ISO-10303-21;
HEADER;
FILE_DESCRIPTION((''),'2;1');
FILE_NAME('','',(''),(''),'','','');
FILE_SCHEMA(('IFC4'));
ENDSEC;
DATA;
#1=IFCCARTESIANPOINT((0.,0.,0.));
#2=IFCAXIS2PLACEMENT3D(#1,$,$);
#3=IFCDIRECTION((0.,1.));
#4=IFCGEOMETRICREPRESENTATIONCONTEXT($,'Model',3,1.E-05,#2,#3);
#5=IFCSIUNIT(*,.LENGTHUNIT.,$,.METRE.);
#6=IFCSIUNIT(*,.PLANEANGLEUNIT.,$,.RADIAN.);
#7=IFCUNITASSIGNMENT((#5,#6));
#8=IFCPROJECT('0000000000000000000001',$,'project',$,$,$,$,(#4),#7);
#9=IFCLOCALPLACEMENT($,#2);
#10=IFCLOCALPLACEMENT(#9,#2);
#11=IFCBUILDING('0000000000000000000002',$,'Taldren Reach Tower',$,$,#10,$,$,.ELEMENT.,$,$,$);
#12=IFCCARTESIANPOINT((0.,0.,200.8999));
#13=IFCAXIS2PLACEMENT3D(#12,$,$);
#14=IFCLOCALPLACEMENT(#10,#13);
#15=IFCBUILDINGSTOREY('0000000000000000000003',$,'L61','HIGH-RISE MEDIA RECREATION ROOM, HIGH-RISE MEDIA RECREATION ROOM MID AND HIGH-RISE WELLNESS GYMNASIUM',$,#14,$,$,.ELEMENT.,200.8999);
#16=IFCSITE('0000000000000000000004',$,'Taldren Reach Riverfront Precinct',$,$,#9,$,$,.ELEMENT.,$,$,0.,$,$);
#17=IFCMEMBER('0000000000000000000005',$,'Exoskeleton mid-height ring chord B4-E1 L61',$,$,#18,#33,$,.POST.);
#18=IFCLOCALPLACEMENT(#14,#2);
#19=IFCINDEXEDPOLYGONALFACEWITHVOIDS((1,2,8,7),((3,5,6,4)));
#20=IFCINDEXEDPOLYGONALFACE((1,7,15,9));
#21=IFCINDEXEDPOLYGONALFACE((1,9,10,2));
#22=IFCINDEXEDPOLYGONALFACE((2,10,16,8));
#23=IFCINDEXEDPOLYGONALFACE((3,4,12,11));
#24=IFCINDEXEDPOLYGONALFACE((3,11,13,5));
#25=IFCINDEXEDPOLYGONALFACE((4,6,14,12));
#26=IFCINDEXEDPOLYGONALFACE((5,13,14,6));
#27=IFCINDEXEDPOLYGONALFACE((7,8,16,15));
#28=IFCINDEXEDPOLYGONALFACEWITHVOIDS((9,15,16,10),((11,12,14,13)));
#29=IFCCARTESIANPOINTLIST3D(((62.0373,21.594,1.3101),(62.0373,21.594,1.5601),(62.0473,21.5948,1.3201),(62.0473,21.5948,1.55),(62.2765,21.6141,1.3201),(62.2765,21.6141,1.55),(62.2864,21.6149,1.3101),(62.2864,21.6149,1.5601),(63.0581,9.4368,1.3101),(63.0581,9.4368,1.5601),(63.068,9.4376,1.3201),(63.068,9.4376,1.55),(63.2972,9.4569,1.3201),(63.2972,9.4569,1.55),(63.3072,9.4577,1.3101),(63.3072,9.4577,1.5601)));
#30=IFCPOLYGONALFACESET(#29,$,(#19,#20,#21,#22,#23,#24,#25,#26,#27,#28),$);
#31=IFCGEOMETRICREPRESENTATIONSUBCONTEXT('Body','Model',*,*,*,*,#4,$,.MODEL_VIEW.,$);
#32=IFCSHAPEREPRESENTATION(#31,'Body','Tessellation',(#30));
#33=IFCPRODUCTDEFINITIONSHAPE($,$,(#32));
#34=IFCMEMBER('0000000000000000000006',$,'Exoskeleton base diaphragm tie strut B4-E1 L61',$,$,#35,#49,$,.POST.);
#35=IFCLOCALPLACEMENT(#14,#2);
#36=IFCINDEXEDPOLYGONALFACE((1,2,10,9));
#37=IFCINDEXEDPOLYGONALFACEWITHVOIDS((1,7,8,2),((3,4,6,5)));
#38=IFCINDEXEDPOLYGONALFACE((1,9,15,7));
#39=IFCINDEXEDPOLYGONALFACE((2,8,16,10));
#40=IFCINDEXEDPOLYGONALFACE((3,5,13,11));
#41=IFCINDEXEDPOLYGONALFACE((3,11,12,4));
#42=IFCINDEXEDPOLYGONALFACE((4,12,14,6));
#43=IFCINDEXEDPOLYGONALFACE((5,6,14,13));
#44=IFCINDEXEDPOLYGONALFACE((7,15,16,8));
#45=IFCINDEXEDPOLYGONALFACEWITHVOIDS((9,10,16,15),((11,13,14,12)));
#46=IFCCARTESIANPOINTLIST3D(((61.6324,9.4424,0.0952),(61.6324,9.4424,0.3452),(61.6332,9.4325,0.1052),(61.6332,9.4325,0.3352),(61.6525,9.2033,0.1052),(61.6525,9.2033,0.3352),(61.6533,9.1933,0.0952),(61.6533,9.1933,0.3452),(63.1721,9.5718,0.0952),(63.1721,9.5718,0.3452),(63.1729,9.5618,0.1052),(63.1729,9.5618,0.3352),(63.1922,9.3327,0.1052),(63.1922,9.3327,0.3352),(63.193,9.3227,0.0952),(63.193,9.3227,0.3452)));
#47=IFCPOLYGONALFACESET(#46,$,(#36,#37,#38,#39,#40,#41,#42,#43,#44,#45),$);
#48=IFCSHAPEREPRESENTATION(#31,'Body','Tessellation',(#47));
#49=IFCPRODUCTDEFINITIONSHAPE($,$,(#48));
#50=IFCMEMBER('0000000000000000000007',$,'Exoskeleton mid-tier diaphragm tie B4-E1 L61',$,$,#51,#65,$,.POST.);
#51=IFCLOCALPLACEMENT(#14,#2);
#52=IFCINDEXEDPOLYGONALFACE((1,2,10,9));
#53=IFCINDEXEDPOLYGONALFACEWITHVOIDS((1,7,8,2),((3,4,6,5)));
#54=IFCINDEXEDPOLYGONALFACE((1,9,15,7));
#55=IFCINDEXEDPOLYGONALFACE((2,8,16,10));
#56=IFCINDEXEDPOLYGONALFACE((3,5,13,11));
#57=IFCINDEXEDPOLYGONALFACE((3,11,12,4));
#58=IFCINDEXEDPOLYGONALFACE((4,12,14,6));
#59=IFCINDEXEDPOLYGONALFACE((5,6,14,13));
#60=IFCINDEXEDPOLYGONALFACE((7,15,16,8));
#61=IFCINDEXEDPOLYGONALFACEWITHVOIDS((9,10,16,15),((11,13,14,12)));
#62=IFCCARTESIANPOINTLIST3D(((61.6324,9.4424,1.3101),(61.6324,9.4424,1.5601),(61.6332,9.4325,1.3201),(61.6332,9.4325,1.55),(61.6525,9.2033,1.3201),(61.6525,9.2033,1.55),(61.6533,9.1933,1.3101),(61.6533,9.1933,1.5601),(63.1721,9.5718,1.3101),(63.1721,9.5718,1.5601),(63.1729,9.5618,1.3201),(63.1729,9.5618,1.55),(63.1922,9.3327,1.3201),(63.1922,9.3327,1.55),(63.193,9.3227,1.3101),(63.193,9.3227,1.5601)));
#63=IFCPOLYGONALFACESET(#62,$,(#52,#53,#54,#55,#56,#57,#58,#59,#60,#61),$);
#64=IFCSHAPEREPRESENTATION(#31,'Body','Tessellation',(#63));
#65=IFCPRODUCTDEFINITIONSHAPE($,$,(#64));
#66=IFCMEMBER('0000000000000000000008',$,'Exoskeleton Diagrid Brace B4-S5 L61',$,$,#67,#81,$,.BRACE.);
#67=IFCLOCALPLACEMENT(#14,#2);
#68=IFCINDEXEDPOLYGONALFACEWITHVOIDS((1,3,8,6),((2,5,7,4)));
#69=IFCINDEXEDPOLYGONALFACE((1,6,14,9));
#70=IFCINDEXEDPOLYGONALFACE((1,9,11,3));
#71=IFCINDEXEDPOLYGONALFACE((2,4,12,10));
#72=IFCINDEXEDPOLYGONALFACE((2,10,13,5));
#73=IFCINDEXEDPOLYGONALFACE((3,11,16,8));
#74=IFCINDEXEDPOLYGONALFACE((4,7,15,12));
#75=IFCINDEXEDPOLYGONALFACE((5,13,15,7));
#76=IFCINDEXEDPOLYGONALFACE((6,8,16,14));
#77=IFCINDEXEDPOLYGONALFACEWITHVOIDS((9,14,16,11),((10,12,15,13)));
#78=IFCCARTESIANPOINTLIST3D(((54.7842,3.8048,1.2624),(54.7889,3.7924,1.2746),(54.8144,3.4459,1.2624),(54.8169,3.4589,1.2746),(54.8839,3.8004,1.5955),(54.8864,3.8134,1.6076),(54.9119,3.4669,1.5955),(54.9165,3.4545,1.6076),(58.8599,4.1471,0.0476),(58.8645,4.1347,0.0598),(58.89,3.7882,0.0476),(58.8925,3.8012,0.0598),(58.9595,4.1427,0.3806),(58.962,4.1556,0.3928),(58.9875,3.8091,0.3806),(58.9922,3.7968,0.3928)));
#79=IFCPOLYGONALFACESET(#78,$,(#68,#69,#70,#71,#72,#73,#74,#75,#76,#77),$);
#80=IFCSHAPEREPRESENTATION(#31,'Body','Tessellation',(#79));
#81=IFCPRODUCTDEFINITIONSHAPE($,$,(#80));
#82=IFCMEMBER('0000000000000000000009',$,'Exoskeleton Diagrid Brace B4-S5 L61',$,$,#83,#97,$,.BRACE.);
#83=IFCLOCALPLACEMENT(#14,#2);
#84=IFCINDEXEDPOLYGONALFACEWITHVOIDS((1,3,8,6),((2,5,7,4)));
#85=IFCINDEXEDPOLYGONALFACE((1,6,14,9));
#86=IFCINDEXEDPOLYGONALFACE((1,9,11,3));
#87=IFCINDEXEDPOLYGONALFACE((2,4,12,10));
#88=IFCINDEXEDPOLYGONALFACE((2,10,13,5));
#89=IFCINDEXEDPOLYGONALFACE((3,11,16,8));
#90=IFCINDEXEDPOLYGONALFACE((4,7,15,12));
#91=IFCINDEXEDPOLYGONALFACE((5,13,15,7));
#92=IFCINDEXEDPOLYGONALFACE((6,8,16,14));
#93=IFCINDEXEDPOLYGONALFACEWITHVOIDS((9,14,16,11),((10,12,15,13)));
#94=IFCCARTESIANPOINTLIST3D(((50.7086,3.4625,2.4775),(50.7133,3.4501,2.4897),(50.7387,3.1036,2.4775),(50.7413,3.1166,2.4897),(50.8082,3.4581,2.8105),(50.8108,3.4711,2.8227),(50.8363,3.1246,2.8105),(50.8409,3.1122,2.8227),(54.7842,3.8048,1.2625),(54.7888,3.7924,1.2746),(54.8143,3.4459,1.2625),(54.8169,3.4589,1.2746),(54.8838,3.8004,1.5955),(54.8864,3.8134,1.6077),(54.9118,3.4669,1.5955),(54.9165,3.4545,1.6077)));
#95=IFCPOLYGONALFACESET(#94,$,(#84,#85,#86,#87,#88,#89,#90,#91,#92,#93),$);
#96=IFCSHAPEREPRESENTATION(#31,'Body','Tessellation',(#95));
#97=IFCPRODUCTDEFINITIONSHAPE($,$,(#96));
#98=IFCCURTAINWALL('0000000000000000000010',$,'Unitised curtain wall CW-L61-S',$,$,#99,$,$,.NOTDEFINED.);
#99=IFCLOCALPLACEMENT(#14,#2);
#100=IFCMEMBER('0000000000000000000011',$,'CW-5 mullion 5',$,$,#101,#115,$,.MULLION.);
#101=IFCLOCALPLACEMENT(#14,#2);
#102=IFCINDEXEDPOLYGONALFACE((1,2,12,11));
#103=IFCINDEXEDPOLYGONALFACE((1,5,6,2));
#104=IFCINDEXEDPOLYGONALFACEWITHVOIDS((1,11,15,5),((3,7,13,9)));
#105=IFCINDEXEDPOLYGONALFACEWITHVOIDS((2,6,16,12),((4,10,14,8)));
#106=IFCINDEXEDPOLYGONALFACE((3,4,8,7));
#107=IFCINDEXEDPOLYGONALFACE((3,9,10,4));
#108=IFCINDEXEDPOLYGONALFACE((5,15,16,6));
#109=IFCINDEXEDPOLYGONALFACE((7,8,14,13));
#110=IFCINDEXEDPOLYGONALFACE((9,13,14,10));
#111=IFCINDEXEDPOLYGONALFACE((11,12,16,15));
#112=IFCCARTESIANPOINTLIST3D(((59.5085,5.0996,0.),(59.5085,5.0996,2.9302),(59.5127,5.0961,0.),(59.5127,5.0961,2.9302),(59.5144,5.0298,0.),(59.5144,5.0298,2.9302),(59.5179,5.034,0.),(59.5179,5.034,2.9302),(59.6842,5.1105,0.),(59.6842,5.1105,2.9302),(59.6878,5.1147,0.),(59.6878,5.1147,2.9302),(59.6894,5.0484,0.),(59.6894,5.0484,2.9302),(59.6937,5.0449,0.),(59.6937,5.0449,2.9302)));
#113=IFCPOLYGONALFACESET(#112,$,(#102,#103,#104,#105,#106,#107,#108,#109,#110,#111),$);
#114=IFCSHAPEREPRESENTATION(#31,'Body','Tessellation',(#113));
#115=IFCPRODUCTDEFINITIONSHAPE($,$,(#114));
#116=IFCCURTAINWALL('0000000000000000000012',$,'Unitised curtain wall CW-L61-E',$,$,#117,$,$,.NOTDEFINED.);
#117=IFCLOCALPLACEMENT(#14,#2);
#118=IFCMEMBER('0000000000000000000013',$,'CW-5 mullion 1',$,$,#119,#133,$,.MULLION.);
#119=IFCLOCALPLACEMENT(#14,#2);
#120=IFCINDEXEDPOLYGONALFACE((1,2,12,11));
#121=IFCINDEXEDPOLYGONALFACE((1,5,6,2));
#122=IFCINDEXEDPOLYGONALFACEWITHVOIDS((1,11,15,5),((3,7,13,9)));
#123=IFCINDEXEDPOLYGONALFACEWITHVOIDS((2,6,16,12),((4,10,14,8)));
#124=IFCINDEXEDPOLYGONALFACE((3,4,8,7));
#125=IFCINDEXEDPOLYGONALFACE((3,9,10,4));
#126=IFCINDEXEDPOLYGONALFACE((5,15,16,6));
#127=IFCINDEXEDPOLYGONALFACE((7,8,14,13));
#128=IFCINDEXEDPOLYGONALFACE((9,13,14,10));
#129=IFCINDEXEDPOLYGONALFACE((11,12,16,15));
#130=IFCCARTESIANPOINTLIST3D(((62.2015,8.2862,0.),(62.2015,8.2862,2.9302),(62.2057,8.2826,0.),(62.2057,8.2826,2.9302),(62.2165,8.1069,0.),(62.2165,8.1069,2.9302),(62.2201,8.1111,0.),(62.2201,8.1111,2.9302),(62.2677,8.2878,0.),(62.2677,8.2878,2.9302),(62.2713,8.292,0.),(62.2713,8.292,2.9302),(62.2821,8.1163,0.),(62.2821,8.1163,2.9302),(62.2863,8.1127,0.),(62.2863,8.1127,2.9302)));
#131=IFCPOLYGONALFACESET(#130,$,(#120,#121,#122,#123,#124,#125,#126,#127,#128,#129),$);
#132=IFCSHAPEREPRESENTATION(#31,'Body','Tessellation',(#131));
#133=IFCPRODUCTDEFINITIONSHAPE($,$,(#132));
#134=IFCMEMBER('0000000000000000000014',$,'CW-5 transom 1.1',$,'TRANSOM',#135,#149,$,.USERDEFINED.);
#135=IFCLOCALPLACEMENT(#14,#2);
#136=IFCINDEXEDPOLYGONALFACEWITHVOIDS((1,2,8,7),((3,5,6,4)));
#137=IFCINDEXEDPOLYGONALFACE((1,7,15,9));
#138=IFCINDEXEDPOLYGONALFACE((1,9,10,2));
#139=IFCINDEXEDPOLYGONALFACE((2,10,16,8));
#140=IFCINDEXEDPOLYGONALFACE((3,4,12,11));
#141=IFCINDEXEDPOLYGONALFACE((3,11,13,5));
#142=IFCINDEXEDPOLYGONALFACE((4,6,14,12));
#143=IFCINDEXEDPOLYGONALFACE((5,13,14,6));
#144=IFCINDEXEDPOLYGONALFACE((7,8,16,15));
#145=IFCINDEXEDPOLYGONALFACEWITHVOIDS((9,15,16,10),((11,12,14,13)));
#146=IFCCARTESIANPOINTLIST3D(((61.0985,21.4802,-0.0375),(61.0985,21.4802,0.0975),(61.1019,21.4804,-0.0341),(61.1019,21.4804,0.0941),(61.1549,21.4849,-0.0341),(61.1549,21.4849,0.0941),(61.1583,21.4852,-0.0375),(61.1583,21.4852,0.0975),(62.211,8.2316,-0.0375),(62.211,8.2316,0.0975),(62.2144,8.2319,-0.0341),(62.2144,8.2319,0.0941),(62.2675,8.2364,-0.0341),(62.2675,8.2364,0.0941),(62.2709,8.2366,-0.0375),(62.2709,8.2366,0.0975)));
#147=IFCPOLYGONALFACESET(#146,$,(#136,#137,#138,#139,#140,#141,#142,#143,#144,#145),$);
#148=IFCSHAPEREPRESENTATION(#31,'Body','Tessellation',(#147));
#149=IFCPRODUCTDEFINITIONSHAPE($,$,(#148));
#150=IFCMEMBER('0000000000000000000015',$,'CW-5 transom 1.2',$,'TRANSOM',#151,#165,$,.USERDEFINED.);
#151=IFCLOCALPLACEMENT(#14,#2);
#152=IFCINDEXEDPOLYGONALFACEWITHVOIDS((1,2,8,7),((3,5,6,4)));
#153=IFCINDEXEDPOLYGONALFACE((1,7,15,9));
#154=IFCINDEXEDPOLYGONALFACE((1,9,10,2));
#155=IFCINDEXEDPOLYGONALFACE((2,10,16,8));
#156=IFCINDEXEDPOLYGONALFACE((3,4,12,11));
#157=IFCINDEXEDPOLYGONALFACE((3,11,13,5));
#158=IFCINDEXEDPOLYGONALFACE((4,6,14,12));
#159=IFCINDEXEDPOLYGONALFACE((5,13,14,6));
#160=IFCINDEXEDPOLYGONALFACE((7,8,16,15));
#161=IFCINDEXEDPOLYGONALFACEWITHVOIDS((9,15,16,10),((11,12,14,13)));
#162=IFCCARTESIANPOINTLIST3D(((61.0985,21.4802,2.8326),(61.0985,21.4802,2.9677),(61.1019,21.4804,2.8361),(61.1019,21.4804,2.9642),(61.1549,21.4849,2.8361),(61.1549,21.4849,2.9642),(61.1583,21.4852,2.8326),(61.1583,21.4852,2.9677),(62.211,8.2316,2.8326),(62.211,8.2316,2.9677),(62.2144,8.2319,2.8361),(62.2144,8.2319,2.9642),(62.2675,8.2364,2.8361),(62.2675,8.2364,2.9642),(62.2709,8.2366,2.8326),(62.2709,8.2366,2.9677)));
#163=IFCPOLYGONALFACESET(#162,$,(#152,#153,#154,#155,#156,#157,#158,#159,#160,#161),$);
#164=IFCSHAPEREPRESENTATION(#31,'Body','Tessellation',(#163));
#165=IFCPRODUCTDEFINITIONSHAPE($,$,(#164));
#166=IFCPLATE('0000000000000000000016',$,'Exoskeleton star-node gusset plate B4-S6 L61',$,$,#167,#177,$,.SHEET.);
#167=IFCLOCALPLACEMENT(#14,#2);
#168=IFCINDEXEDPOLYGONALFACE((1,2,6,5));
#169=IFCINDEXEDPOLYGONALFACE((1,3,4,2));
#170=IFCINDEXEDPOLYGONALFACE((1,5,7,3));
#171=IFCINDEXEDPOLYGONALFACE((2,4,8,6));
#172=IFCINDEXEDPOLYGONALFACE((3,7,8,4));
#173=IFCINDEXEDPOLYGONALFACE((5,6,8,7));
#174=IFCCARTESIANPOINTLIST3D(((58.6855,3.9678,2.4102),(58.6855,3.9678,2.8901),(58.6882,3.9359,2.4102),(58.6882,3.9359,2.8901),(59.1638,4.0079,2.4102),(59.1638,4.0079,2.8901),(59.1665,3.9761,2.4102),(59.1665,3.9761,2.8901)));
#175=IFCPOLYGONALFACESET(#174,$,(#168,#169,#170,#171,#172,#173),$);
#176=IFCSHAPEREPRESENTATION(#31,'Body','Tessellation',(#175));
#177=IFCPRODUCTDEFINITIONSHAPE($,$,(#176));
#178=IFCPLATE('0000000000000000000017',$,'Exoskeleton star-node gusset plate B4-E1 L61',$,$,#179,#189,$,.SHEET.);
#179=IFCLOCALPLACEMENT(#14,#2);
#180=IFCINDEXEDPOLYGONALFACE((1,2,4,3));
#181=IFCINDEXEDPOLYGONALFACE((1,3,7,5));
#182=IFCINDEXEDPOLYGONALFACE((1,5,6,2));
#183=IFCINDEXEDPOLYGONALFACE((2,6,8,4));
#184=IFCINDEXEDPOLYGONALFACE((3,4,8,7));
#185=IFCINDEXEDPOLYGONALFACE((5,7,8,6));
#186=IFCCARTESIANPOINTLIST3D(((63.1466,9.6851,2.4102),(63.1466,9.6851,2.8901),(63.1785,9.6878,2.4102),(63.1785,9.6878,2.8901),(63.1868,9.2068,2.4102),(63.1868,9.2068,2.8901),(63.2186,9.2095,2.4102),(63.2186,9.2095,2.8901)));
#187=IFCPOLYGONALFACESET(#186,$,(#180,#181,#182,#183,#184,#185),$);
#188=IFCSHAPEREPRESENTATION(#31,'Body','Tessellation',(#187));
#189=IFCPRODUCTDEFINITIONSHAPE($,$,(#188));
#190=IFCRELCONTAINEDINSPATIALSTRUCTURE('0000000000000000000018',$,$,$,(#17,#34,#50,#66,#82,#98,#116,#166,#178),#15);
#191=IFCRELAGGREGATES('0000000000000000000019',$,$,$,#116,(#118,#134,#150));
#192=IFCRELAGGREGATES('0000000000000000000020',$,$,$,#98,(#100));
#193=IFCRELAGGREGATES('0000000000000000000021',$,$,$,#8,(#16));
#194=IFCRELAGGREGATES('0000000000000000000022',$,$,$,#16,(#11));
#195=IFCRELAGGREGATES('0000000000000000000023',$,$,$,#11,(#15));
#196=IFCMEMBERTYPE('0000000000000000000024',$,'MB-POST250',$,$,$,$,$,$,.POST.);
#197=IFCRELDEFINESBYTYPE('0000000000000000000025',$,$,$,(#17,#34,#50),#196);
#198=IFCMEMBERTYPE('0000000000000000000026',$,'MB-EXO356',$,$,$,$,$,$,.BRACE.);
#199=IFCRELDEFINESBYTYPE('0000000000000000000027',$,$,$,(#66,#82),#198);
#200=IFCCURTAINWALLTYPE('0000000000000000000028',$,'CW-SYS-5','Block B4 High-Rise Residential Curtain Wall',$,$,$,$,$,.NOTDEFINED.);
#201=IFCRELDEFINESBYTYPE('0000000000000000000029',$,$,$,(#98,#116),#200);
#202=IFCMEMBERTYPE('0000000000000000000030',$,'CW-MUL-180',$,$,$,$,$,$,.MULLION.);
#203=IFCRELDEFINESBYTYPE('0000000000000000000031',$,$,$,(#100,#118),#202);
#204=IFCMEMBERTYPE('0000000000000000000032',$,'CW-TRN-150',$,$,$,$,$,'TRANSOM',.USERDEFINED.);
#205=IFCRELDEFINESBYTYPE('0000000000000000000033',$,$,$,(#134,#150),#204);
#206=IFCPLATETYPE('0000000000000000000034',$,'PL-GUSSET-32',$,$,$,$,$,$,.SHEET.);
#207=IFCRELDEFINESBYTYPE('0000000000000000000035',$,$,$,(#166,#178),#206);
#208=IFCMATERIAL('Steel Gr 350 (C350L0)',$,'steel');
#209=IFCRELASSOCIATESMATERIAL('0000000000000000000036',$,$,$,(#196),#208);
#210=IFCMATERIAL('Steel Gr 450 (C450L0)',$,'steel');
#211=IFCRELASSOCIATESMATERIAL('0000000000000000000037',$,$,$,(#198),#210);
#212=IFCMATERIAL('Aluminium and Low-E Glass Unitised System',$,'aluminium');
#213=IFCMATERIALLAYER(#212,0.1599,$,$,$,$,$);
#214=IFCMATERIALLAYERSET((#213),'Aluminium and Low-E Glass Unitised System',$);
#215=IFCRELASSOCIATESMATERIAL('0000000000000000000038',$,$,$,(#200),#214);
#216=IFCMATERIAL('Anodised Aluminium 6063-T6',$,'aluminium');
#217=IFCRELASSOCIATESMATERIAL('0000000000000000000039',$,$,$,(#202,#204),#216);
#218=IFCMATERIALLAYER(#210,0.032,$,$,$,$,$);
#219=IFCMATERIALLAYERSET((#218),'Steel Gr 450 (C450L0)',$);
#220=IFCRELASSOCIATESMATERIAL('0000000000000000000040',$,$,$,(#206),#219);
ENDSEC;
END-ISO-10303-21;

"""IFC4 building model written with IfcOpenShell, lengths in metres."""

from ifc_helpers import new_model, si_unit, direction, frame, origin, origin_2d, place, context, subcontext, project, spatial, rectangle, hollow_rectangle, extrude, source, transform, mapped, material, layer, layer_set, material_profile, profile_set, type_object, element, aggregate, save


model = new_model("IFC4")

# Units and contexts
model_context = context("Model", 3, precision=1e-05, world=origin(), true_north=direction((0.0, 1.0)))
body_context = subcontext(model_context, "Body", "Model", "MODEL_VIEW")
ifc_project = project(units=[si_unit("LENGTHUNIT", "METRE"), si_unit("PLANEANGLEUNIT", "RADIAN")], contexts=[model_context])

# Site, building, storey
site_placement = place(None, origin())
site = spatial("IfcSite", under=ifc_project, at=site_placement, Name="Taldren Reach Riverfront Precinct", CompositionType="ELEMENT", RefElevation=0.0)
building_placement = place(site_placement, origin())
building = spatial("IfcBuilding", under=site, at=building_placement, Name="Taldren Reach Tower", CompositionType="ELEMENT")
storey_placement = place(building_placement, frame((0.0, 0.0, 200.8999)))
storey = spatial("IfcBuildingStorey", under=building, at=storey_placement, Name="L61", Description="HIGH-RISE MEDIA RECREATION ROOM, HIGH-RISE MEDIA RECREATION ROOM MID AND HIGH-RISE WELLNESS GYMNASIUM", CompositionType="ELEMENT", Elevation=200.8999)

# Shared definitions
ifc_material_1 = material(Name="Steel Gr 350 (C350L0)", Category="steel")

# Shared definitions
ifc_material_profile_1 = material_profile(ifc_material_1, hollow_rectangle(XDim=0.25, YDim=0.25, WallThickness=0.01, at=origin_2d()), Name="250x250x10.0SHS")
ifc_profile_set_1 = profile_set([ifc_material_profile_1], Name="Steel Gr 350 (C350L0)")
member_type_1 = type_object("IfcMemberType", Name="MB-POST250", PredefinedType="POST", material=ifc_profile_set_1)

# Members
ifc_material_2 = material(Name="Steel Gr 450 (C450L0)", Category="steel")
shared_shape_1 = source(origin(), body_context, "Body", "SweptSolid", [
    extrude(hollow_rectangle(XDim=0.25, YDim=0.25, WallThickness=0.01, at=origin_2d()), origin(), (0.0, 0.0, 1.0), 12.2),
])
member_1_placement = place(storey_placement, frame((63.1826, 9.4473, 1.4351), z_axis=(-0.083668, 0.996494, 0.0), x_axis=(-0.996494, -0.083668, 0.0)))
element("IfcMember", 1, at=member_1_placement, inside=storey, type_object=member_type_1, Name="Exoskeleton mid-height ring chord B4-E1 L61", PredefinedType="POST", context=body_context, shape_type="MappedRepresentation", body=[
    mapped(shared_shape_1, transform((0.0, 0.0, 0.0), scale=1.0)),
])
shared_shape_2 = source(origin(), body_context, "Body", "SweptSolid", [
    extrude(hollow_rectangle(XDim=0.25, YDim=0.25, WallThickness=0.01, at=origin_2d()), origin(), (0.0, 0.0, 1.0), 1.5452),
])
for number, where, z_axis, x_axis, name in (
    (2, (61.6428, 9.3179, 0.2202), (0.996488, 0.083738, 0.0), (-0.083738, 0.996488, 0.0), "Exoskeleton base diaphragm tie strut B4-E1 L61"),
    (3, (61.6428, 9.3179, 1.4351), (0.996488, 0.083738, 0.0), (-0.083738, 0.996488, 0.0), "Exoskeleton mid-tier diaphragm tie B4-E1 L61"),
):
    element("IfcMember", number, at=place(storey_placement, frame(where, z_axis=z_axis, x_axis=x_axis)), inside=storey, type_object=member_type_1, Name=name, PredefinedType="POST", context=body_context, shape_type="MappedRepresentation", body=[
        mapped(shared_shape_2, transform((0.0, 0.0, 0.0), scale=1.0)),
    ])
ifc_material_profile_2 = material_profile(ifc_material_2, hollow_rectangle(XDim=0.3601, YDim=0.3601, WallThickness=0.0127, at=origin_2d()), Name="360x360x12.7SHS")
ifc_profile_set_2 = profile_set([ifc_material_profile_2], Name="Steel Gr 450 (C450L0)")
member_type_2 = type_object("IfcMemberType", Name="MB-EXO356", PredefinedType="BRACE", material=ifc_profile_set_2)
shared_shape_3 = source(origin(), body_context, "Body", "SweptSolid", [
    extrude(hollow_rectangle(XDim=0.3601, YDim=0.3601, WallThickness=0.0127, at=origin_2d()), origin(), (0.0, 0.0, 1.0), 4.2666),
])
for number, where, z_axis, x_axis, name in (
    (4, (58.926, 3.9719, 0.2202), (-0.955245, -0.080224, 0.284731), (0.083688, -0.996492, 0.0), "Exoskeleton Diagrid Brace B4-S5 L61"),
    (5, (54.8503, 3.6296, 1.4351), (-0.955229, -0.080222, 0.284783), (0.083688, -0.996492, 0.0), "Exoskeleton Diagrid Brace B4-S5 L61"),
):
    element("IfcMember", number, at=place(storey_placement, frame(where, z_axis=z_axis, x_axis=x_axis)), inside=storey, type_object=member_type_2, Name=name, PredefinedType="BRACE", context=body_context, shape_type="MappedRepresentation", body=[
        mapped(shared_shape_3, transform((0.0, 0.0, 0.0), scale=1.0)),
    ])

# Curtain wall, member
ifc_material_3 = material(Name="Aluminium and Low-E Glass Unitised System", Category="aluminium")
ifc_layer_1 = layer(ifc_material_3, 0.1599)
ifc_layer_set_1 = layer_set([ifc_layer_1], Name="Aluminium and Low-E Glass Unitised System")
curtain_wall_type = type_object("IfcCurtainWallType", Name="CW-SYS-5", Description="Block B4 High-Rise Residential Curtain Wall", PredefinedType="NOTDEFINED", material=ifc_layer_set_1)
curtain_wall_1_placement = place(storey_placement, origin())
curtain_wall_1 = element("IfcCurtainWall", 6, at=curtain_wall_1_placement, inside=storey, type_object=curtain_wall_type, Name="Unitised curtain wall CW-L61-S", PredefinedType="NOTDEFINED")
ifc_material_4 = material(Name="Anodised Aluminium 6063-T6", Category="aluminium")
ifc_material_profile_3 = material_profile(ifc_material_4, hollow_rectangle(XDim=0.0701, YDim=0.1799, WallThickness=0.0039, at=origin_2d()), Name="ALU-180x70x4RHS")
ifc_profile_set_3 = profile_set([ifc_material_profile_3], Name="Anodised Aluminium 6063-T6")
member_type_3 = type_object("IfcMemberType", Name="CW-MUL-180", PredefinedType="MULLION", material=ifc_profile_set_3)
shared_shape_4 = source(origin(), body_context, "Body", "SweptSolid", [
    extrude(hollow_rectangle(XDim=0.0701, YDim=0.1799, WallThickness=0.0039, at=origin_2d()), origin(), (0.0, 0.0, 1.0), 2.9302),
])
member_2_placement = place(storey_placement, frame((59.6011, 5.0723, 0.0), z_axis=(0.0, 0.0, 1.0), x_axis=(-0.083678, 0.996493, 0.0)))
member_2 = element("IfcMember", 7, at=member_2_placement, type_object=member_type_3, Name="CW-5 mullion 5", PredefinedType="MULLION", context=body_context, shape_type="MappedRepresentation", body=[
    mapped(shared_shape_4, transform((0.0, 0.0, 0.0), scale=1.0)),
])

# Curtain wall, members
curtain_wall_2_placement = place(storey_placement, origin())
curtain_wall_2 = element("IfcCurtainWall", 8, at=curtain_wall_2_placement, inside=storey, type_object=curtain_wall_type, Name="Unitised curtain wall CW-L61-E", PredefinedType="NOTDEFINED")
member_3_placement = place(storey_placement, frame((62.2439, 8.1995, 0.0), z_axis=(0.0, 0.0, 1.0), x_axis=(-0.996493, -0.083678, 0.0)))
member_3 = element("IfcMember", 9, at=member_3_placement, type_object=member_type_3, Name="CW-5 mullion 1", PredefinedType="MULLION", context=body_context, shape_type="MappedRepresentation", body=[
    mapped(shared_shape_4, transform((0.0, 0.0, 0.0), scale=1.0)),
])
ifc_material_profile_4 = material_profile(ifc_material_4, hollow_rectangle(XDim=0.0601, YDim=0.135, WallThickness=0.0034, at=origin_2d()), Name="ALU-135x60x3.5RHS")
ifc_profile_set_4 = profile_set([ifc_material_profile_4], Name="Anodised Aluminium 6063-T6")
member_type_4 = type_object("IfcMemberType", Name="CW-TRN-150", ElementType="TRANSOM", PredefinedType="USERDEFINED", material=ifc_profile_set_4)
shared_shape_5 = source(origin(), body_context, "Body", "SweptSolid", [
    extrude(hollow_rectangle(XDim=0.0601, YDim=0.135, WallThickness=0.0034, at=origin_2d()), origin(), (0.0, 0.0, 1.0), 13.2952),
])
member_4_placement = place(storey_placement, frame((62.241, 8.2341, 0.03), z_axis=(-0.083681, 0.996493, 0.0), x_axis=(-0.996493, -0.083681, 0.0)))
member_4 = element("IfcMember", 10, at=member_4_placement, type_object=member_type_4, Name="CW-5 transom 1.1", ObjectType="TRANSOM", PredefinedType="USERDEFINED", context=body_context, shape_type="MappedRepresentation", body=[
    mapped(shared_shape_5, transform((0.0, 0.0, 0.0), scale=1.0)),
])
member_5_placement = place(storey_placement, frame((62.241, 8.2341, 2.9001), z_axis=(-0.083681, 0.996493, 0.0), x_axis=(-0.996493, -0.083681, 0.0)))
member_5 = element("IfcMember", 11, at=member_5_placement, type_object=member_type_4, Name="CW-5 transom 1.2", ObjectType="TRANSOM", PredefinedType="USERDEFINED", context=body_context, shape_type="MappedRepresentation", body=[
    mapped(shared_shape_5, transform((0.0, 0.0, 0.0), scale=1.0)),
])
aggregate(curtain_wall_2, [member_3, member_4, member_5])

# Plates
ifc_layer_2 = layer(ifc_material_2, 0.032)
ifc_layer_set_2 = layer_set([ifc_layer_2], Name="Steel Gr 450 (C450L0)")
plate_type_1 = type_object("IfcPlateType", Name="PL-GUSSET-32", PredefinedType="SHEET", material=ifc_layer_set_2)
shared_shape_6 = source(origin(), body_context, "Body", "SweptSolid", [
    extrude(rectangle(XDim=0.48, YDim=0.032, at=origin_2d()), origin(), (0.0, 0.0, 1.0), 0.48),
])
for number, where, z_axis, x_axis, name in (
    (12, (58.926, 3.9719, 2.4102), (0.0, 0.0, 1.0), (0.996493, 0.083678, 0.0), "Exoskeleton star-node gusset plate B4-S6 L61"),
    (13, (63.1826, 9.4473, 2.4102), (0.0, 0.0, 1.0), (-0.083678, 0.996493, 0.0), "Exoskeleton star-node gusset plate B4-E1 L61"),
):
    element("IfcPlate", number, at=place(storey_placement, frame(where, z_axis=z_axis, x_axis=x_axis)), inside=storey, type_object=plate_type_1, Name=name, PredefinedType="SHEET", context=body_context, shape_type="MappedRepresentation", body=[
        mapped(shared_shape_6, transform((0.0, 0.0, 0.0), scale=1.0)),
    ])

aggregate(curtain_wall_1, [member_2])

save(model, "model.ifc")
